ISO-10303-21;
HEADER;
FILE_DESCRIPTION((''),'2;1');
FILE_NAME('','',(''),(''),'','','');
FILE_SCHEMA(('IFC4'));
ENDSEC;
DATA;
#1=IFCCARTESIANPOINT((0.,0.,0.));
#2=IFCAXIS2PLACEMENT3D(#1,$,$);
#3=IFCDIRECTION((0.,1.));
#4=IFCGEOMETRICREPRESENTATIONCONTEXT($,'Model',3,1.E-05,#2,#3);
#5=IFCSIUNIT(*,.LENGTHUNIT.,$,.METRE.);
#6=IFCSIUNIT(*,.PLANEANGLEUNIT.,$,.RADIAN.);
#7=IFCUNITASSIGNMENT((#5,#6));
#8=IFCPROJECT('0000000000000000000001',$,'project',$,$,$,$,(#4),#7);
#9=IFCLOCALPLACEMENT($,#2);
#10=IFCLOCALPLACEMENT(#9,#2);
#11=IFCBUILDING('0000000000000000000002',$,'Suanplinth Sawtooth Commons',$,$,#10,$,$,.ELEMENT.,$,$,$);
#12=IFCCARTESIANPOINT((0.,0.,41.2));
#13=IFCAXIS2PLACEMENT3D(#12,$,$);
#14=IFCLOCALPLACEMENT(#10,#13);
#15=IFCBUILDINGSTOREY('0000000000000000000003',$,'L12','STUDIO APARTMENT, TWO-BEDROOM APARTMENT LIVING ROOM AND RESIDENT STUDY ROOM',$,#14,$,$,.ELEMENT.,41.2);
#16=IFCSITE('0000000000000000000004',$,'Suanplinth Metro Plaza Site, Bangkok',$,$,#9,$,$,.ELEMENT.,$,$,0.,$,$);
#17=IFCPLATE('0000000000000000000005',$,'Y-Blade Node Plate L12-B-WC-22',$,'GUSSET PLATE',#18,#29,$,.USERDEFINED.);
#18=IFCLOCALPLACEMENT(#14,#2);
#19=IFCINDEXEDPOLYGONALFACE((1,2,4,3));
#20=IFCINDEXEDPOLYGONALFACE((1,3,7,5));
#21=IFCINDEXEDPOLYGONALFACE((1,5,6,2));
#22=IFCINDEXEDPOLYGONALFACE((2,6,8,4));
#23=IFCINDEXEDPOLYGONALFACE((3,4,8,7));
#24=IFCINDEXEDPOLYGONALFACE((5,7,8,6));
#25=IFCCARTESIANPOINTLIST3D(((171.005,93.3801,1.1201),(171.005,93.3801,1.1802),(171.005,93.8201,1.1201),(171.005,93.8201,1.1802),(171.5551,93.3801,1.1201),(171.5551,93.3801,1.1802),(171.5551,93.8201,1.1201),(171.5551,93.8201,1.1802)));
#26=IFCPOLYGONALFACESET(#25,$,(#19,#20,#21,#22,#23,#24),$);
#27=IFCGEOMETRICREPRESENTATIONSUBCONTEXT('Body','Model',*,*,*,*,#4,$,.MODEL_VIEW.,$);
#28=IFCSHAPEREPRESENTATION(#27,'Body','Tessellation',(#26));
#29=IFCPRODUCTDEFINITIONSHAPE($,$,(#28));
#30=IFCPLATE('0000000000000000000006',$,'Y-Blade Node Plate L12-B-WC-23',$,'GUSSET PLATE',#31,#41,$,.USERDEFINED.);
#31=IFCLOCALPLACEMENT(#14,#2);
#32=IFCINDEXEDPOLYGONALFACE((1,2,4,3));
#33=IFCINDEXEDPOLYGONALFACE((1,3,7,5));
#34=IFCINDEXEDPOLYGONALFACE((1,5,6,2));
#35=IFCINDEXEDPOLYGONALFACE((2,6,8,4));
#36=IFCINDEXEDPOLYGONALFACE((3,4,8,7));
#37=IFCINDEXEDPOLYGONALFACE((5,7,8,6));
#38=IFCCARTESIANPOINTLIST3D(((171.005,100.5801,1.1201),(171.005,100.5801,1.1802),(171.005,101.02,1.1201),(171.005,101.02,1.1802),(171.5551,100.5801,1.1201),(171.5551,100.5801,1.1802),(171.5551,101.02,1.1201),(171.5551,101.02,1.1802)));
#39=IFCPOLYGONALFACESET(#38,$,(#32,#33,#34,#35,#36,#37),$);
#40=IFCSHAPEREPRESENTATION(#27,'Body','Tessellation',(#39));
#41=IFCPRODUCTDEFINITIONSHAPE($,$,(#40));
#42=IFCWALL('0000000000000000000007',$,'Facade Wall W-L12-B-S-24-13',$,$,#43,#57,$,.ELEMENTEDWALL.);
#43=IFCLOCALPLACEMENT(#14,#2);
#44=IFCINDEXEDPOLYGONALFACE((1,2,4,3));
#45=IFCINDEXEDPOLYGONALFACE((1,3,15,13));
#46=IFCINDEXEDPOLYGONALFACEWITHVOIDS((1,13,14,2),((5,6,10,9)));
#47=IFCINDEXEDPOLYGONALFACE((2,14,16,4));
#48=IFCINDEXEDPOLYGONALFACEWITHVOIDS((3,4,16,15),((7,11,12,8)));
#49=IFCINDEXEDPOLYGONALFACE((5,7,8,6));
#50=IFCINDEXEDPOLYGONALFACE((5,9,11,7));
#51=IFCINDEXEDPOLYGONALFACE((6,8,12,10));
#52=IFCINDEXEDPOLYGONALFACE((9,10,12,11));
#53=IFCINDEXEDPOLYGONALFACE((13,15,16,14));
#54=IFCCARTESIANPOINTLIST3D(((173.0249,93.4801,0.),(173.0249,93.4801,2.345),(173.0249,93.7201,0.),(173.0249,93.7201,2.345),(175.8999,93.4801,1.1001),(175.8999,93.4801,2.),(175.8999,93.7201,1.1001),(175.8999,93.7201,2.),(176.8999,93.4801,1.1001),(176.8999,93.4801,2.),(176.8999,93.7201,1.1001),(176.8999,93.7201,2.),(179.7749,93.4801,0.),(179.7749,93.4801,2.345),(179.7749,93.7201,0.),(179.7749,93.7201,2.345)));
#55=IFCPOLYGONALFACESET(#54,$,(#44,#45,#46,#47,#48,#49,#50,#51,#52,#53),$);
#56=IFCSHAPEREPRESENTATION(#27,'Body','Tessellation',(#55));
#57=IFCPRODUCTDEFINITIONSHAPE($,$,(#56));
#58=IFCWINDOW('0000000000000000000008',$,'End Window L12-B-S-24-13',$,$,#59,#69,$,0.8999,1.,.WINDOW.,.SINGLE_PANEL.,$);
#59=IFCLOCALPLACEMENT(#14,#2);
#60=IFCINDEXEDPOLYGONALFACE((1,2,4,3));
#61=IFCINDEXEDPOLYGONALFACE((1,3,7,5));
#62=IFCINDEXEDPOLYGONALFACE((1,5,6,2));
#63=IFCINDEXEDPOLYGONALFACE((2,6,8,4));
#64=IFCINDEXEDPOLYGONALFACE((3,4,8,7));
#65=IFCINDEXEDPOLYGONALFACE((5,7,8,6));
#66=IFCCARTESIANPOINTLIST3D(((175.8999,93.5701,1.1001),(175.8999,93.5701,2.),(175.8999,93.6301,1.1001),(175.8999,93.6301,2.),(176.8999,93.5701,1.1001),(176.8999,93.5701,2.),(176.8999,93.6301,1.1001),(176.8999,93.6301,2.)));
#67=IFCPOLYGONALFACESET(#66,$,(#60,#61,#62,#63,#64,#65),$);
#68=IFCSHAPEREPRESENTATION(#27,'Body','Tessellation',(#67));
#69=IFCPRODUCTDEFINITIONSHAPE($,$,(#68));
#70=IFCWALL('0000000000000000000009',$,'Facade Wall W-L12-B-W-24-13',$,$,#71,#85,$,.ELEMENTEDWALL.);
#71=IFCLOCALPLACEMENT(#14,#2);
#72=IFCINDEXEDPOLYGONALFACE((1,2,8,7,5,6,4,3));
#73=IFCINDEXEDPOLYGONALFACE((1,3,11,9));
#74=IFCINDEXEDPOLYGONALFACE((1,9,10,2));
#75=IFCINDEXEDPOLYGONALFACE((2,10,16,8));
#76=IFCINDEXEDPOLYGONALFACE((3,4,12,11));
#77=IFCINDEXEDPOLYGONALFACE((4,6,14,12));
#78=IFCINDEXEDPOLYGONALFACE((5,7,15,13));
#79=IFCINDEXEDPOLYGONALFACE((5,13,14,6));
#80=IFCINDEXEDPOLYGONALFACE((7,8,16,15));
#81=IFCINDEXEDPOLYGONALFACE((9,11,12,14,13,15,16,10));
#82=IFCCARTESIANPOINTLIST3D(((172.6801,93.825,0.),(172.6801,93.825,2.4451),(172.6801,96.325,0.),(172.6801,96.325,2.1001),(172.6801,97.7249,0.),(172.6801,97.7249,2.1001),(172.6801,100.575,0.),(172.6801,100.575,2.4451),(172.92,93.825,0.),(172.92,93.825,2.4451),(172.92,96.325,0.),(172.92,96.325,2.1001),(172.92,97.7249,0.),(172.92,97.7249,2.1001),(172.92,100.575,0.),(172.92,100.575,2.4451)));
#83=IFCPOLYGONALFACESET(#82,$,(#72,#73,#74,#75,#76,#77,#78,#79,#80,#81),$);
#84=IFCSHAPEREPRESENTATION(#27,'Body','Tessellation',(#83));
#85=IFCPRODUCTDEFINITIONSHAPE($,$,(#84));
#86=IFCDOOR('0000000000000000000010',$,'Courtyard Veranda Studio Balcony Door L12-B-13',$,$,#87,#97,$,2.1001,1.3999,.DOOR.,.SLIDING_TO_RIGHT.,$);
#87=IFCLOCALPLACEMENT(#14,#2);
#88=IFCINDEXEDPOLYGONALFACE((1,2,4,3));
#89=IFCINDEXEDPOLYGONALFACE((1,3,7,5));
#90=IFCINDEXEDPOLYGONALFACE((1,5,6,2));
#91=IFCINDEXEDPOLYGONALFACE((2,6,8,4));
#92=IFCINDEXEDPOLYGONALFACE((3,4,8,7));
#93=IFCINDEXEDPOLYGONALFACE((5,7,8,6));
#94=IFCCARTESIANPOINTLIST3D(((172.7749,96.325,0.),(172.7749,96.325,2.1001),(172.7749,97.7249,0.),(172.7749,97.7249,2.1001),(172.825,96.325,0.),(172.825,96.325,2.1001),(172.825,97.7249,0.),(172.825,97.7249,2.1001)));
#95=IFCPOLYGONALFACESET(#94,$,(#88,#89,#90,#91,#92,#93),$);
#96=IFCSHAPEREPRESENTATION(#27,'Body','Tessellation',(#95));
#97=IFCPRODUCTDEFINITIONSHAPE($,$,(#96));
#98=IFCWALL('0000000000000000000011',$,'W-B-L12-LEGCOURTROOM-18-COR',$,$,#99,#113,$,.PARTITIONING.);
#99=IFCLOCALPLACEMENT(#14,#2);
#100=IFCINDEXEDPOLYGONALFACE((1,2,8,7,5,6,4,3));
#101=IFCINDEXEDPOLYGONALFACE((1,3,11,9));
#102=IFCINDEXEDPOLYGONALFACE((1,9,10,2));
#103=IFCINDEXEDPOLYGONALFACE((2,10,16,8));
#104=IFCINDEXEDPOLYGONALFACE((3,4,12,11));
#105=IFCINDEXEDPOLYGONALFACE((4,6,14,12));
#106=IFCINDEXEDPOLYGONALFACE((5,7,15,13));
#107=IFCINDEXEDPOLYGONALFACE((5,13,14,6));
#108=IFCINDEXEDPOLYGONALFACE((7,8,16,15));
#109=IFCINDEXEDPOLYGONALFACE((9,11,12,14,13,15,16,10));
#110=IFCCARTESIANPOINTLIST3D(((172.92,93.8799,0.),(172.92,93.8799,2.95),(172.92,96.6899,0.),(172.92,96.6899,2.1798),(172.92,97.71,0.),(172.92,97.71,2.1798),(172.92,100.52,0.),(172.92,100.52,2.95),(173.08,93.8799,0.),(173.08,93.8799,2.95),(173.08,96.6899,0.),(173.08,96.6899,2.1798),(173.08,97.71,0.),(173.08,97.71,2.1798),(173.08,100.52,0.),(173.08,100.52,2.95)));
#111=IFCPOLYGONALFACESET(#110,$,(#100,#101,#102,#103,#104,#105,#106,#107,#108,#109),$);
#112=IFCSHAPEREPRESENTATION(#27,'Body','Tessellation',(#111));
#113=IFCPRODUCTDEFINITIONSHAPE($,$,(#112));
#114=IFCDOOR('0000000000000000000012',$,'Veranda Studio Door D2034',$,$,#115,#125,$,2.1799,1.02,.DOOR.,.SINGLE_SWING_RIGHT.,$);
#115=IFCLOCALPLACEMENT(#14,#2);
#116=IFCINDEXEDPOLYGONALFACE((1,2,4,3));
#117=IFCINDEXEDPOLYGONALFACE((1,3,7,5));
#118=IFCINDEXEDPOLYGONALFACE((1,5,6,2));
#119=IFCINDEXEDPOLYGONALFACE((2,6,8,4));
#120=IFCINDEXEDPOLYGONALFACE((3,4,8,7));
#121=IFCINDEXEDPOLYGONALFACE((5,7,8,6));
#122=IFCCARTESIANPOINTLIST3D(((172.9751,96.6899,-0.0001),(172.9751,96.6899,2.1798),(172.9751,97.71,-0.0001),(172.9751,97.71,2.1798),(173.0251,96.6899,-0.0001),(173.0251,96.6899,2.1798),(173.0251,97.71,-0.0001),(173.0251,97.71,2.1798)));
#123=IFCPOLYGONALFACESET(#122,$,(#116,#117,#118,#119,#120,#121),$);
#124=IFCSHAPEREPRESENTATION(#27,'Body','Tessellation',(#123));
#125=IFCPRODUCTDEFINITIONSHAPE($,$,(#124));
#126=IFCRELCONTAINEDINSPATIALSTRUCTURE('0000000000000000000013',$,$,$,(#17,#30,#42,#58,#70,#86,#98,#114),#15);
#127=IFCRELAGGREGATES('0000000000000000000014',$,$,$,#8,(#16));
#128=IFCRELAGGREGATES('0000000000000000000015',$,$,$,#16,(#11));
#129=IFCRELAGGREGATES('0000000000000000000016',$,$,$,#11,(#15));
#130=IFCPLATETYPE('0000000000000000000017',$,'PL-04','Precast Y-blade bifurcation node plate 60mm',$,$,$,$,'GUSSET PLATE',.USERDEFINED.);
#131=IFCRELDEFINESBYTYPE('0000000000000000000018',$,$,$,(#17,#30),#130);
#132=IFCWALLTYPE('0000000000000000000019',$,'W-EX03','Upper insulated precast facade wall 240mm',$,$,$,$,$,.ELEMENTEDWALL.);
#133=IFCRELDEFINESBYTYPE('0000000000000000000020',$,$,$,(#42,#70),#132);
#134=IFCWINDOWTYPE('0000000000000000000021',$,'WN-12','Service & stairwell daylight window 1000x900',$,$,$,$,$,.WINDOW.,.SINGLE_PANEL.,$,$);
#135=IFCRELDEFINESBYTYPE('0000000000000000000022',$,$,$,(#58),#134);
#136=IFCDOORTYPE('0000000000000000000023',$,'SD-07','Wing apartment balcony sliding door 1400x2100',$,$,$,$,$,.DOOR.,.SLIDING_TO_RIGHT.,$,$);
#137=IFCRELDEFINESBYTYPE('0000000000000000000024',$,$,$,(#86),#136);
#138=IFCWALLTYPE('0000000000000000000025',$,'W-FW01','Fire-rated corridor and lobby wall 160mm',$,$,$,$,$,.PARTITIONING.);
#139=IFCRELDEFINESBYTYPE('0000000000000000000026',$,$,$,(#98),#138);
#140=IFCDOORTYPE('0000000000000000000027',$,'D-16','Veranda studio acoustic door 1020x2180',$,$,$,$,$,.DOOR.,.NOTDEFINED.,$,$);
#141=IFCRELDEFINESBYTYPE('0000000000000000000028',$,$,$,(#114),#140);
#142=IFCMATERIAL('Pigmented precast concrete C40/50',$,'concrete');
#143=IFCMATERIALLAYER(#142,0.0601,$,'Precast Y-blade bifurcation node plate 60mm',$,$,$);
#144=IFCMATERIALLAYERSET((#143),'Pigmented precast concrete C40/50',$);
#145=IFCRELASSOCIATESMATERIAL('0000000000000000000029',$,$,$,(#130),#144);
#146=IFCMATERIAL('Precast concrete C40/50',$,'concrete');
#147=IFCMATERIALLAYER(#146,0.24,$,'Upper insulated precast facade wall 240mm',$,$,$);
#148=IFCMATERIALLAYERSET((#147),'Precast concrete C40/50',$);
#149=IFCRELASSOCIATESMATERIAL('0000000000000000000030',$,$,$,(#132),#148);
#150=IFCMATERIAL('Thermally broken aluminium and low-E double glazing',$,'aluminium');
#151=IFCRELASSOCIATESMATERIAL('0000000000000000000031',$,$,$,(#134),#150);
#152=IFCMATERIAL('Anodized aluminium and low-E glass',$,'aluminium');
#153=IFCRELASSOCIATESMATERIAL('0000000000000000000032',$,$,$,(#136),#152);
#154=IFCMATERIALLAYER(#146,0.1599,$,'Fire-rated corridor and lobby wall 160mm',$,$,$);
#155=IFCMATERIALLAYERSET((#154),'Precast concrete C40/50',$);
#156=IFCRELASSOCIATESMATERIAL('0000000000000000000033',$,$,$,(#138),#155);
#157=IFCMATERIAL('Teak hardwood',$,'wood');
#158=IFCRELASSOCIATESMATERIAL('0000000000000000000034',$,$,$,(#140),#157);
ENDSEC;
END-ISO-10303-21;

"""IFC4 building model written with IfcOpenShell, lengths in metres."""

from ifc_helpers import new_model, si_unit, direction, frame, frame_2d, origin, origin_2d, place, context, subcontext, project, spatial, rectangle, extrude, material, layer, layer_set, type_object, element, fill, save


model = new_model("IFC4")

# Units and contexts
model_context = context("Model", 3, precision=1e-05, world=origin(), true_north=direction((0.0, 1.0)))
body_context = subcontext(model_context, "Body", "Model", "MODEL_VIEW")
ifc_project = project(units=[si_unit("LENGTHUNIT", "METRE"), si_unit("PLANEANGLEUNIT", "RADIAN")], contexts=[model_context])

# Site, building, storey
site_placement = place(None, origin())
site = spatial("IfcSite", under=ifc_project, at=site_placement, Name="Suanplinth Metro Plaza Site, Bangkok", CompositionType="ELEMENT", RefElevation=0.0)
building_placement = place(site_placement, origin())
building = spatial("IfcBuilding", under=site, at=building_placement, Name="Suanplinth Sawtooth Commons", CompositionType="ELEMENT")
storey_placement = place(building_placement, frame((0.0, 0.0, 41.2)))
storey = spatial("IfcBuildingStorey", under=building, at=storey_placement, Name="L12", Description="STUDIO APARTMENT, TWO-BEDROOM APARTMENT LIVING ROOM AND RESIDENT STUDY ROOM", CompositionType="ELEMENT", Elevation=41.2)

# Shared definitions
ifc_material_1 = material(Name="Precast concrete C40/50", Category="concrete")

# Shared definitions
ifc_material_2 = material(Name="Pigmented precast concrete C40/50", Category="concrete")

# Plates
ifc_layer_1 = layer(ifc_material_2, 0.0601, Name="Precast Y-blade bifurcation node plate 60mm")
ifc_layer_set_1 = layer_set([ifc_layer_1], Name="Pigmented precast concrete C40/50")
plate_type = type_object("IfcPlateType", Name="PL-04", Description="Precast Y-blade bifurcation node plate 60mm", ElementType="GUSSET PLATE", PredefinedType="USERDEFINED", material=ifc_layer_set_1)
for number, where, z_axis, x_axis, name in (
    (1, (171.28, 93.6001, 1.1201), (0.0, 0.0, 1.0), (0.0, 1.0, 0.0), "Y-Blade Node Plate L12-B-WC-22"),
    (2, (171.28, 100.8, 1.1201), (0.0, 0.0, 1.0), (0.0, 1.0, 0.0), "Y-Blade Node Plate L12-B-WC-23"),
):
    element("IfcPlate", number, at=place(storey_placement, frame(where, z_axis=z_axis, x_axis=x_axis)), inside=storey, type_object=plate_type, Name=name, ObjectType="GUSSET PLATE", PredefinedType="USERDEFINED", context=body_context, shape_type="SweptSolid", body=[
        extrude(rectangle(XDim=0.4399, YDim=0.55, at=origin_2d()), origin(), (0.0, 0.0, 1.0), 0.0601),
    ])

# Wall, opening, window
ifc_layer_2 = layer(ifc_material_1, 0.24, Name="Upper insulated precast facade wall 240mm")
ifc_layer_set_2 = layer_set([ifc_layer_2], Name="Precast concrete C40/50")
wall_type_1 = type_object("IfcWallType", Name="W-EX03", Description="Upper insulated precast facade wall 240mm", PredefinedType="ELEMENTEDWALL", material=ifc_layer_set_2)
wall_1_placement = place(storey_placement, frame((173.0249, 93.6001, 0.0), z_axis=(0.0, 0.0, 1.0), x_axis=(1.0, 0.0, 0.0)))
wall_1 = element("IfcWall", 3, at=wall_1_placement, inside=storey, type_object=wall_type_1, Name="Facade Wall W-L12-B-S-24-13", PredefinedType="ELEMENTEDWALL", context=body_context, shape_type="SweptSolid", body=[
    extrude(rectangle(XDim=6.75, YDim=0.24, at=frame_2d((3.375, 0.0))), origin(), (0.0, 0.0, 1.0), 2.345),
])
opening_1_placement = place(wall_1_placement, frame((2.875, 0.0, 1.1001)))
opening_1 = element("IfcOpeningElement", 4, at=opening_1_placement, cuts=wall_1, PredefinedType="OPENING", context=body_context, shape_type="SweptSolid", body=[
    extrude(rectangle(XDim=1.0, YDim=0.8999, at=frame_2d((0.5, 0.45))), frame((0.0, 0.1348, 0.0), z_axis=(0.0, -1.0, 0.0), x_axis=(1.0, 0.0, 0.0)), (0.0, 0.0, 1.0), 0.2698),
])
ifc_material_3 = material(Name="Thermally broken aluminium and low-E double glazing", Category="aluminium")
window_type = type_object("IfcWindowType", Name="WN-12", Description="Service & stairwell daylight window 1000x900", PartitioningType="SINGLE_PANEL", PredefinedType="WINDOW", material=ifc_material_3)
window_placement = place(opening_1_placement, origin())
window = element("IfcWindow", 5, at=window_placement, inside=storey, type_object=window_type, Name="End Window L12-B-S-24-13", OverallHeight=0.8999, OverallWidth=1.0, PartitioningType="SINGLE_PANEL", PredefinedType="WINDOW", context=body_context, shape_type="SweptSolid", body=[
    extrude(rectangle(XDim=1.0, YDim=0.8999, at=frame_2d((0.5, 0.45))), frame((0.0, 0.03, 0.0), z_axis=(0.0, -1.0, 0.0), x_axis=(1.0, 0.0, 0.0)), (0.0, 0.0, 1.0), 0.0601),
])
fill(opening_1, window)

# Walls, openings, doors
wall_2_placement = place(storey_placement, frame((172.8, 93.825, 0.0), z_axis=(0.0, 0.0, 1.0), x_axis=(0.0, 1.0, 0.0)))
wall_2 = element("IfcWall", 6, at=wall_2_placement, inside=storey, type_object=wall_type_1, Name="Facade Wall W-L12-B-W-24-13", PredefinedType="ELEMENTEDWALL", context=body_context, shape_type="SweptSolid", body=[
    extrude(rectangle(XDim=6.75, YDim=0.24, at=frame_2d((3.375, 0.0))), origin(), (0.0, 0.0, 1.0), 2.4451),
])
opening_2_placement = place(wall_2_placement, frame((2.5, 0.0, 0.0)))
opening_2 = element("IfcOpeningElement", 7, at=opening_2_placement, cuts=wall_2, PredefinedType="OPENING", context=body_context, shape_type="SweptSolid", body=[
    extrude(rectangle(XDim=1.3999, YDim=2.1001, at=frame_2d((0.7, 1.05))), frame((0.0, 0.1348, 0.0), z_axis=(0.0, -1.0, 0.0), x_axis=(1.0, 0.0, 0.0)), (0.0, 0.0, 1.0), 0.2698),
])
ifc_material_4 = material(Name="Anodized aluminium and low-E glass", Category="aluminium")
door_type_1 = type_object("IfcDoorType", Name="SD-07", Description="Wing apartment balcony sliding door 1400x2100", OperationType="SLIDING_TO_RIGHT", PredefinedType="DOOR", material=ifc_material_4)
door_1_placement = place(opening_2_placement, frame((1.3999, 0.0, 0.0), z_axis=(0.0, 0.0, 1.0), x_axis=(-1.0, 0.0, 0.0)))
door_1 = element("IfcDoor", 8, at=door_1_placement, inside=storey, type_object=door_type_1, Name="Courtyard Veranda Studio Balcony Door L12-B-13", OperationType="SLIDING_TO_RIGHT", OverallHeight=2.1001, OverallWidth=1.3999, PredefinedType="DOOR", context=body_context, shape_type="SweptSolid", body=[
    extrude(rectangle(XDim=1.3999, YDim=2.1001, at=frame_2d((0.7, 1.05))), frame((0.0, 0.0249, 0.0), z_axis=(0.0, -1.0, 0.0), x_axis=(1.0, 0.0, 0.0)), (0.0, 0.0, 1.0), 0.05),
])
fill(opening_2, door_1)
ifc_layer_3 = layer(ifc_material_1, 0.1599, Name="Fire-rated corridor and lobby wall 160mm")
ifc_layer_set_3 = layer_set([ifc_layer_3], Name="Precast concrete C40/50")
wall_type_2 = type_object("IfcWallType", Name="W-FW01", Description="Fire-rated corridor and lobby wall 160mm", PredefinedType="PARTITIONING", material=ifc_layer_set_3)
wall_3_placement = place(storey_placement, frame((173.0, 93.8799, 0.0), z_axis=(0.0, 0.0, 1.0), x_axis=(0.0, 1.0, 0.0)))
wall_3 = element("IfcWall", 9, at=wall_3_placement, inside=storey, type_object=wall_type_2, Name="W-B-L12-LEGCOURTROOM-18-COR", PredefinedType="PARTITIONING", context=body_context, shape_type="SweptSolid", body=[
    extrude(rectangle(XDim=6.6401, YDim=0.1599, at=frame_2d((3.3201, 0.0))), origin(), (0.0, 0.0, 1.0), 2.95),
])
opening_3_placement = place(wall_3_placement, frame((2.8101, 0.0, 0.0)))
opening_3 = element("IfcOpeningElement", 10, at=opening_3_placement, cuts=wall_3, PredefinedType="OPENING", context=body_context, shape_type="SweptSolid", body=[
    extrude(rectangle(XDim=1.02, YDim=2.1799, at=frame_2d((0.51, 1.0898))), frame((0.0, 0.0947, 0.0), z_axis=(0.0, -1.0, 0.0), x_axis=(1.0, 0.0, 0.0)), (0.0, 0.0, 1.0), 0.1897),
])
ifc_material_5 = material(Name="Teak hardwood", Category="wood")
door_type_2 = type_object("IfcDoorType", Name="D-16", Description="Veranda studio acoustic door 1020x2180", OperationType="NOTDEFINED", PredefinedType="DOOR", material=ifc_material_5)
door_2_placement = place(opening_3_placement, origin())
door_2 = element("IfcDoor", 11, at=door_2_placement, inside=storey, type_object=door_type_2, Name="Veranda Studio Door D2034", OperationType="SINGLE_SWING_RIGHT", OverallHeight=2.1799, OverallWidth=1.02, PredefinedType="DOOR", context=body_context, shape_type="SweptSolid", body=[
    extrude(rectangle(XDim=1.02, YDim=2.1799, at=frame_2d((0.51, 1.0898))), frame((0.0, 0.0249, 0.0), z_axis=(0.0, -1.0, 0.0), x_axis=(1.0, 0.0, 0.0)), (0.0, 0.0, 1.0), 0.05),
])
fill(opening_3, door_2)

save(model, "model.ifc")
